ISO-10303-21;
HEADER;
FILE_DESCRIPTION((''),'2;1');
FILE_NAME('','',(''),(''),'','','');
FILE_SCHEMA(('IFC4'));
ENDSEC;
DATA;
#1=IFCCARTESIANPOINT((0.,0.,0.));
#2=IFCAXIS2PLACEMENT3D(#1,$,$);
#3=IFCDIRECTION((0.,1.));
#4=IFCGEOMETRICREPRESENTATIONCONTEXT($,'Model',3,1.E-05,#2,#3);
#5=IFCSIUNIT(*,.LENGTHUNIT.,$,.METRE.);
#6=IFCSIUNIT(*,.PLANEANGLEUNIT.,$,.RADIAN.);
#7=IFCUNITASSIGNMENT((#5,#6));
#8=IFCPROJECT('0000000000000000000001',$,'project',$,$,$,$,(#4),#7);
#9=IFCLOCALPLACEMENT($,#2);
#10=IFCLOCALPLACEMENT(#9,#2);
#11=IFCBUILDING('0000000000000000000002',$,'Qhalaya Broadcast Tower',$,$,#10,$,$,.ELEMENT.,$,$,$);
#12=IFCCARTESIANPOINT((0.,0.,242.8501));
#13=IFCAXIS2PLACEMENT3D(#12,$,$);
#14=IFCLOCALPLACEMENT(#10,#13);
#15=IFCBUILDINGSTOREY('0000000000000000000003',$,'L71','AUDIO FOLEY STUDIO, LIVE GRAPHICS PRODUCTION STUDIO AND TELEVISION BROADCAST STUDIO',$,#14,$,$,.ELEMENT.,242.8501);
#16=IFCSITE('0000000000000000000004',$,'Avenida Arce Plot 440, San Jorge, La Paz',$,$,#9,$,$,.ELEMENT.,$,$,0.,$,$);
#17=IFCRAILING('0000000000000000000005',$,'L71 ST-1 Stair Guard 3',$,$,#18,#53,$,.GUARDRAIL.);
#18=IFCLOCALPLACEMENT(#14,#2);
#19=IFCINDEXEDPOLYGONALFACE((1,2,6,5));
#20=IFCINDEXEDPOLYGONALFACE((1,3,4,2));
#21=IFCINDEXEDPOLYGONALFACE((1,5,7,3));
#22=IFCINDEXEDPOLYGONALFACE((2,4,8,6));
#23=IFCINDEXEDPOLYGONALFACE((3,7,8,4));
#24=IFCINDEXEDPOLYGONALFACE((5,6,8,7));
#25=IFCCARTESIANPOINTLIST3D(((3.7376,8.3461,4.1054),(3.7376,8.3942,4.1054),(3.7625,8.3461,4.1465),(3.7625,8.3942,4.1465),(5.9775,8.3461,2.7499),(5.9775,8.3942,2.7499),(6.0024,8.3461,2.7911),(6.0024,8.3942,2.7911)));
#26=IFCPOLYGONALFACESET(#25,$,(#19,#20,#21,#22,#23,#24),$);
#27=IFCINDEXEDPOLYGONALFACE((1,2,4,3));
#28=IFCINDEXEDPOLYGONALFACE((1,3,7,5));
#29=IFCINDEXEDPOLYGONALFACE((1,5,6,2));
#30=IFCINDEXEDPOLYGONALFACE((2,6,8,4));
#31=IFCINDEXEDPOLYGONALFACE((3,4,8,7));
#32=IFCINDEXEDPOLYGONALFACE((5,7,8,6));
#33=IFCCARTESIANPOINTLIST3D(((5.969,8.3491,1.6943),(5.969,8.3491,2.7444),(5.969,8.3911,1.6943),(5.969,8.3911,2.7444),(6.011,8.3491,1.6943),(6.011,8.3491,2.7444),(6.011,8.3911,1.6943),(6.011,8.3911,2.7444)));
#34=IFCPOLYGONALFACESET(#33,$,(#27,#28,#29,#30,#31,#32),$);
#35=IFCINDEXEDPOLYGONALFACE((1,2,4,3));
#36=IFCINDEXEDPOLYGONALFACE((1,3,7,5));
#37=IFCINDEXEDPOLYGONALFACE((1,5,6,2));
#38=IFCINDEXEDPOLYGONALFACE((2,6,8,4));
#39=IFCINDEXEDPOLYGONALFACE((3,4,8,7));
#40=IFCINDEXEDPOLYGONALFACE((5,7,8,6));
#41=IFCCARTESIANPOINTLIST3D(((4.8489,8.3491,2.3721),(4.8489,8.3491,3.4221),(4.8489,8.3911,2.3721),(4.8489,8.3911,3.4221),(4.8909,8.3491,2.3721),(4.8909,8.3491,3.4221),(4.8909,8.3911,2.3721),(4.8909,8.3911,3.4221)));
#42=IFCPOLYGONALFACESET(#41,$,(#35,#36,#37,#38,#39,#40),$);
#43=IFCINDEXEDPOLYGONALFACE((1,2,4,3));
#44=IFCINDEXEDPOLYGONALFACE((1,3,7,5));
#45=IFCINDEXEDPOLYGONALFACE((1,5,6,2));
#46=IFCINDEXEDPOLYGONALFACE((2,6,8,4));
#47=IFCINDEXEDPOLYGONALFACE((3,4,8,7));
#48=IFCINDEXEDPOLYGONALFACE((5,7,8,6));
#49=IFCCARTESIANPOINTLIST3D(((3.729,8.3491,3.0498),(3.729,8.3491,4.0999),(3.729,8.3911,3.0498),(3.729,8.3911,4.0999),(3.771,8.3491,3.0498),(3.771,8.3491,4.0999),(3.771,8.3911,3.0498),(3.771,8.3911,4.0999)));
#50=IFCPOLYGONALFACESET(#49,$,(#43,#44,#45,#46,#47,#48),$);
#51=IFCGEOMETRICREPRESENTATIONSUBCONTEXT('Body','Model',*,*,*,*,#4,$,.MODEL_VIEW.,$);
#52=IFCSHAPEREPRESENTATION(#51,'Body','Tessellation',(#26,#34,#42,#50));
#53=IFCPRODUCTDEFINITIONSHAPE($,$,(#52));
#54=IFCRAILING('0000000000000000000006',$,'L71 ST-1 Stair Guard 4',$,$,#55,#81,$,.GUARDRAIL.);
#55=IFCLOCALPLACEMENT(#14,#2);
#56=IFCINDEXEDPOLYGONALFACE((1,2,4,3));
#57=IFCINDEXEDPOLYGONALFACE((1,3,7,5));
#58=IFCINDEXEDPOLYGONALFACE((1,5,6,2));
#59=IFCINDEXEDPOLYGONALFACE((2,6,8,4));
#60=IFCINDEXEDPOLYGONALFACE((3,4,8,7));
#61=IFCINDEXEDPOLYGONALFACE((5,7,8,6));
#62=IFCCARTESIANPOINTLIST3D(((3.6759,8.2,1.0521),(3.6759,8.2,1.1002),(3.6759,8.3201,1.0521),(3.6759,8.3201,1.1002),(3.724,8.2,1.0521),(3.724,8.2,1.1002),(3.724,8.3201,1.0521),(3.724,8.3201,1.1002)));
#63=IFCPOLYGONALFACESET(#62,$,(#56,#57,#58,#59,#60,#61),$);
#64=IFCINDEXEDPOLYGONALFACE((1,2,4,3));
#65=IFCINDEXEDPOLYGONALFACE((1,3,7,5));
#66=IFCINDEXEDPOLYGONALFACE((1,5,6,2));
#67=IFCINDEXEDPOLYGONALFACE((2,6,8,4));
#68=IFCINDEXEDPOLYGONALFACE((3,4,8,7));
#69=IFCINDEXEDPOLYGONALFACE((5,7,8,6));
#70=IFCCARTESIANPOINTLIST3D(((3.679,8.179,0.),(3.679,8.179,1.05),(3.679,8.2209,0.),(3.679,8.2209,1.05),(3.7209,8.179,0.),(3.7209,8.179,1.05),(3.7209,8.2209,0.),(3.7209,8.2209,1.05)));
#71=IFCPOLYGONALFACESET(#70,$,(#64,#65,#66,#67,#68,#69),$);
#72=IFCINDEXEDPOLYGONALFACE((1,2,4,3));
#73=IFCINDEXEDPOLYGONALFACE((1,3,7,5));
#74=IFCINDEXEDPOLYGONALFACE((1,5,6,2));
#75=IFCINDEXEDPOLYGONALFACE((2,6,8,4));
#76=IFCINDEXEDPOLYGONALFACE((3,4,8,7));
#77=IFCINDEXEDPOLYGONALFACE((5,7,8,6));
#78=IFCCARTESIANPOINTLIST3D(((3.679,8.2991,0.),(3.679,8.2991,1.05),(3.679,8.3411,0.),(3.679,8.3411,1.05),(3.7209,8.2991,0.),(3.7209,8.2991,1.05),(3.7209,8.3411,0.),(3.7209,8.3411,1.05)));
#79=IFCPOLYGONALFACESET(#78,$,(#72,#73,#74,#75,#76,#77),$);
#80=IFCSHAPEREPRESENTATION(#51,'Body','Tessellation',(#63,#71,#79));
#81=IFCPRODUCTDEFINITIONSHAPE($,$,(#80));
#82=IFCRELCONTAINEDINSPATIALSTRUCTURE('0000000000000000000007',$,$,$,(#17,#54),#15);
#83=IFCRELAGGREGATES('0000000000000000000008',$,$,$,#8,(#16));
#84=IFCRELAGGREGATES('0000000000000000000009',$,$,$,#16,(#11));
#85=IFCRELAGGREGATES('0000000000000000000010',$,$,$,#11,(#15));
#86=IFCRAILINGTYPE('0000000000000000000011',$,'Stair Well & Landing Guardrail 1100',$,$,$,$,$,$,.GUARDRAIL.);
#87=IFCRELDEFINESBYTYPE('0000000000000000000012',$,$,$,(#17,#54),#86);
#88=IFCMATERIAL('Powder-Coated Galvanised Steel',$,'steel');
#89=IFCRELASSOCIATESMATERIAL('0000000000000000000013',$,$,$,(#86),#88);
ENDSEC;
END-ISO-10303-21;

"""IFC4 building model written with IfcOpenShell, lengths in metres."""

from ifc_helpers import new_model, si_unit, direction, frame, origin, origin_2d, place, context, subcontext, project, spatial, rectangle, extrude, material, type_object, element, save


model = new_model("IFC4")

# Units and contexts
model_context = context("Model", 3, precision=1e-05, world=origin(), true_north=direction((0.0, 1.0)))
body_context = subcontext(model_context, "Body", "Model", "MODEL_VIEW")
ifc_project = project(units=[si_unit("LENGTHUNIT", "METRE"), si_unit("PLANEANGLEUNIT", "RADIAN")], contexts=[model_context])

# Site, building, storey
site_placement = place(None, origin())
site = spatial("IfcSite", under=ifc_project, at=site_placement, Name="Avenida Arce Plot 440, San Jorge, La Paz", CompositionType="ELEMENT", RefElevation=0.0)
building_placement = place(site_placement, origin())
building = spatial("IfcBuilding", under=site, at=building_placement, Name="Qhalaya Broadcast Tower", CompositionType="ELEMENT")
storey_placement = place(building_placement, frame((0.0, 0.0, 242.8501)))
storey = spatial("IfcBuildingStorey", under=building, at=storey_placement, Name="L71", Description="AUDIO FOLEY STUDIO, LIVE GRAPHICS PRODUCTION STUDIO AND TELEVISION BROADCAST STUDIO", CompositionType="ELEMENT", Elevation=242.8501)

# Railings
ifc_material_1 = material(Name="Powder-Coated Galvanised Steel", Category="steel")
railing_type_1 = type_object("IfcRailingType", Name="Stair Well & Landing Guardrail 1100", PredefinedType="GUARDRAIL", material=ifc_material_1)
railing_1_placement = place(storey_placement, frame((5.99, 8.3701, 1.6943)))
element("IfcRailing", 1, at=railing_1_placement, inside=storey, type_object=railing_type_1, Name="L71 ST-1 Stair Guard 3", PredefinedType="GUARDRAIL", context=body_context, shape_type="SweptSolid", body=[
    extrude(rectangle(XDim=0.0481, YDim=0.0481, at=origin_2d()), frame((0.0, 0.0, 1.0762), z_axis=(-0.855553, 0.0, 0.517715), x_axis=(0.0, -1.0, 0.0)), (0.0, 0.0, 1.0), 2.6182),
    extrude(rectangle(XDim=0.042, YDim=0.042, at=origin_2d()), origin(), (0.0, 0.0, 1.0), 1.05),
    extrude(rectangle(XDim=0.042, YDim=0.042, at=origin_2d()), frame((-1.1201, 0.0, 0.6777)), (0.0, 0.0, 1.0), 1.05),
    extrude(rectangle(XDim=0.042, YDim=0.042, at=origin_2d()), frame((-2.24, 0.0, 1.3555)), (0.0, 0.0, 1.0), 1.05),
])
railing_2_placement = place(storey_placement, frame((3.7, 8.2, 0.0)))
element("IfcRailing", 2, at=railing_2_placement, inside=storey, type_object=railing_type_1, Name="L71 ST-1 Stair Guard 4", PredefinedType="GUARDRAIL", context=body_context, shape_type="SweptSolid", body=[
    extrude(rectangle(XDim=0.0481, YDim=0.0481, at=origin_2d()), frame((0.0, 0.0, 1.0762), z_axis=(0.0, 1.0, 0.0), x_axis=(-1.0, 0.0, 0.0)), (0.0, 0.0, 1.0), 0.1201),
    extrude(rectangle(XDim=0.042, YDim=0.042, at=origin_2d()), origin(), (0.0, 0.0, 1.0), 1.05),
    extrude(rectangle(XDim=0.042, YDim=0.042, at=origin_2d()), frame((0.0, 0.1201, 0.0)), (0.0, 0.0, 1.0), 1.05),
])

save(model, "model.ifc")
